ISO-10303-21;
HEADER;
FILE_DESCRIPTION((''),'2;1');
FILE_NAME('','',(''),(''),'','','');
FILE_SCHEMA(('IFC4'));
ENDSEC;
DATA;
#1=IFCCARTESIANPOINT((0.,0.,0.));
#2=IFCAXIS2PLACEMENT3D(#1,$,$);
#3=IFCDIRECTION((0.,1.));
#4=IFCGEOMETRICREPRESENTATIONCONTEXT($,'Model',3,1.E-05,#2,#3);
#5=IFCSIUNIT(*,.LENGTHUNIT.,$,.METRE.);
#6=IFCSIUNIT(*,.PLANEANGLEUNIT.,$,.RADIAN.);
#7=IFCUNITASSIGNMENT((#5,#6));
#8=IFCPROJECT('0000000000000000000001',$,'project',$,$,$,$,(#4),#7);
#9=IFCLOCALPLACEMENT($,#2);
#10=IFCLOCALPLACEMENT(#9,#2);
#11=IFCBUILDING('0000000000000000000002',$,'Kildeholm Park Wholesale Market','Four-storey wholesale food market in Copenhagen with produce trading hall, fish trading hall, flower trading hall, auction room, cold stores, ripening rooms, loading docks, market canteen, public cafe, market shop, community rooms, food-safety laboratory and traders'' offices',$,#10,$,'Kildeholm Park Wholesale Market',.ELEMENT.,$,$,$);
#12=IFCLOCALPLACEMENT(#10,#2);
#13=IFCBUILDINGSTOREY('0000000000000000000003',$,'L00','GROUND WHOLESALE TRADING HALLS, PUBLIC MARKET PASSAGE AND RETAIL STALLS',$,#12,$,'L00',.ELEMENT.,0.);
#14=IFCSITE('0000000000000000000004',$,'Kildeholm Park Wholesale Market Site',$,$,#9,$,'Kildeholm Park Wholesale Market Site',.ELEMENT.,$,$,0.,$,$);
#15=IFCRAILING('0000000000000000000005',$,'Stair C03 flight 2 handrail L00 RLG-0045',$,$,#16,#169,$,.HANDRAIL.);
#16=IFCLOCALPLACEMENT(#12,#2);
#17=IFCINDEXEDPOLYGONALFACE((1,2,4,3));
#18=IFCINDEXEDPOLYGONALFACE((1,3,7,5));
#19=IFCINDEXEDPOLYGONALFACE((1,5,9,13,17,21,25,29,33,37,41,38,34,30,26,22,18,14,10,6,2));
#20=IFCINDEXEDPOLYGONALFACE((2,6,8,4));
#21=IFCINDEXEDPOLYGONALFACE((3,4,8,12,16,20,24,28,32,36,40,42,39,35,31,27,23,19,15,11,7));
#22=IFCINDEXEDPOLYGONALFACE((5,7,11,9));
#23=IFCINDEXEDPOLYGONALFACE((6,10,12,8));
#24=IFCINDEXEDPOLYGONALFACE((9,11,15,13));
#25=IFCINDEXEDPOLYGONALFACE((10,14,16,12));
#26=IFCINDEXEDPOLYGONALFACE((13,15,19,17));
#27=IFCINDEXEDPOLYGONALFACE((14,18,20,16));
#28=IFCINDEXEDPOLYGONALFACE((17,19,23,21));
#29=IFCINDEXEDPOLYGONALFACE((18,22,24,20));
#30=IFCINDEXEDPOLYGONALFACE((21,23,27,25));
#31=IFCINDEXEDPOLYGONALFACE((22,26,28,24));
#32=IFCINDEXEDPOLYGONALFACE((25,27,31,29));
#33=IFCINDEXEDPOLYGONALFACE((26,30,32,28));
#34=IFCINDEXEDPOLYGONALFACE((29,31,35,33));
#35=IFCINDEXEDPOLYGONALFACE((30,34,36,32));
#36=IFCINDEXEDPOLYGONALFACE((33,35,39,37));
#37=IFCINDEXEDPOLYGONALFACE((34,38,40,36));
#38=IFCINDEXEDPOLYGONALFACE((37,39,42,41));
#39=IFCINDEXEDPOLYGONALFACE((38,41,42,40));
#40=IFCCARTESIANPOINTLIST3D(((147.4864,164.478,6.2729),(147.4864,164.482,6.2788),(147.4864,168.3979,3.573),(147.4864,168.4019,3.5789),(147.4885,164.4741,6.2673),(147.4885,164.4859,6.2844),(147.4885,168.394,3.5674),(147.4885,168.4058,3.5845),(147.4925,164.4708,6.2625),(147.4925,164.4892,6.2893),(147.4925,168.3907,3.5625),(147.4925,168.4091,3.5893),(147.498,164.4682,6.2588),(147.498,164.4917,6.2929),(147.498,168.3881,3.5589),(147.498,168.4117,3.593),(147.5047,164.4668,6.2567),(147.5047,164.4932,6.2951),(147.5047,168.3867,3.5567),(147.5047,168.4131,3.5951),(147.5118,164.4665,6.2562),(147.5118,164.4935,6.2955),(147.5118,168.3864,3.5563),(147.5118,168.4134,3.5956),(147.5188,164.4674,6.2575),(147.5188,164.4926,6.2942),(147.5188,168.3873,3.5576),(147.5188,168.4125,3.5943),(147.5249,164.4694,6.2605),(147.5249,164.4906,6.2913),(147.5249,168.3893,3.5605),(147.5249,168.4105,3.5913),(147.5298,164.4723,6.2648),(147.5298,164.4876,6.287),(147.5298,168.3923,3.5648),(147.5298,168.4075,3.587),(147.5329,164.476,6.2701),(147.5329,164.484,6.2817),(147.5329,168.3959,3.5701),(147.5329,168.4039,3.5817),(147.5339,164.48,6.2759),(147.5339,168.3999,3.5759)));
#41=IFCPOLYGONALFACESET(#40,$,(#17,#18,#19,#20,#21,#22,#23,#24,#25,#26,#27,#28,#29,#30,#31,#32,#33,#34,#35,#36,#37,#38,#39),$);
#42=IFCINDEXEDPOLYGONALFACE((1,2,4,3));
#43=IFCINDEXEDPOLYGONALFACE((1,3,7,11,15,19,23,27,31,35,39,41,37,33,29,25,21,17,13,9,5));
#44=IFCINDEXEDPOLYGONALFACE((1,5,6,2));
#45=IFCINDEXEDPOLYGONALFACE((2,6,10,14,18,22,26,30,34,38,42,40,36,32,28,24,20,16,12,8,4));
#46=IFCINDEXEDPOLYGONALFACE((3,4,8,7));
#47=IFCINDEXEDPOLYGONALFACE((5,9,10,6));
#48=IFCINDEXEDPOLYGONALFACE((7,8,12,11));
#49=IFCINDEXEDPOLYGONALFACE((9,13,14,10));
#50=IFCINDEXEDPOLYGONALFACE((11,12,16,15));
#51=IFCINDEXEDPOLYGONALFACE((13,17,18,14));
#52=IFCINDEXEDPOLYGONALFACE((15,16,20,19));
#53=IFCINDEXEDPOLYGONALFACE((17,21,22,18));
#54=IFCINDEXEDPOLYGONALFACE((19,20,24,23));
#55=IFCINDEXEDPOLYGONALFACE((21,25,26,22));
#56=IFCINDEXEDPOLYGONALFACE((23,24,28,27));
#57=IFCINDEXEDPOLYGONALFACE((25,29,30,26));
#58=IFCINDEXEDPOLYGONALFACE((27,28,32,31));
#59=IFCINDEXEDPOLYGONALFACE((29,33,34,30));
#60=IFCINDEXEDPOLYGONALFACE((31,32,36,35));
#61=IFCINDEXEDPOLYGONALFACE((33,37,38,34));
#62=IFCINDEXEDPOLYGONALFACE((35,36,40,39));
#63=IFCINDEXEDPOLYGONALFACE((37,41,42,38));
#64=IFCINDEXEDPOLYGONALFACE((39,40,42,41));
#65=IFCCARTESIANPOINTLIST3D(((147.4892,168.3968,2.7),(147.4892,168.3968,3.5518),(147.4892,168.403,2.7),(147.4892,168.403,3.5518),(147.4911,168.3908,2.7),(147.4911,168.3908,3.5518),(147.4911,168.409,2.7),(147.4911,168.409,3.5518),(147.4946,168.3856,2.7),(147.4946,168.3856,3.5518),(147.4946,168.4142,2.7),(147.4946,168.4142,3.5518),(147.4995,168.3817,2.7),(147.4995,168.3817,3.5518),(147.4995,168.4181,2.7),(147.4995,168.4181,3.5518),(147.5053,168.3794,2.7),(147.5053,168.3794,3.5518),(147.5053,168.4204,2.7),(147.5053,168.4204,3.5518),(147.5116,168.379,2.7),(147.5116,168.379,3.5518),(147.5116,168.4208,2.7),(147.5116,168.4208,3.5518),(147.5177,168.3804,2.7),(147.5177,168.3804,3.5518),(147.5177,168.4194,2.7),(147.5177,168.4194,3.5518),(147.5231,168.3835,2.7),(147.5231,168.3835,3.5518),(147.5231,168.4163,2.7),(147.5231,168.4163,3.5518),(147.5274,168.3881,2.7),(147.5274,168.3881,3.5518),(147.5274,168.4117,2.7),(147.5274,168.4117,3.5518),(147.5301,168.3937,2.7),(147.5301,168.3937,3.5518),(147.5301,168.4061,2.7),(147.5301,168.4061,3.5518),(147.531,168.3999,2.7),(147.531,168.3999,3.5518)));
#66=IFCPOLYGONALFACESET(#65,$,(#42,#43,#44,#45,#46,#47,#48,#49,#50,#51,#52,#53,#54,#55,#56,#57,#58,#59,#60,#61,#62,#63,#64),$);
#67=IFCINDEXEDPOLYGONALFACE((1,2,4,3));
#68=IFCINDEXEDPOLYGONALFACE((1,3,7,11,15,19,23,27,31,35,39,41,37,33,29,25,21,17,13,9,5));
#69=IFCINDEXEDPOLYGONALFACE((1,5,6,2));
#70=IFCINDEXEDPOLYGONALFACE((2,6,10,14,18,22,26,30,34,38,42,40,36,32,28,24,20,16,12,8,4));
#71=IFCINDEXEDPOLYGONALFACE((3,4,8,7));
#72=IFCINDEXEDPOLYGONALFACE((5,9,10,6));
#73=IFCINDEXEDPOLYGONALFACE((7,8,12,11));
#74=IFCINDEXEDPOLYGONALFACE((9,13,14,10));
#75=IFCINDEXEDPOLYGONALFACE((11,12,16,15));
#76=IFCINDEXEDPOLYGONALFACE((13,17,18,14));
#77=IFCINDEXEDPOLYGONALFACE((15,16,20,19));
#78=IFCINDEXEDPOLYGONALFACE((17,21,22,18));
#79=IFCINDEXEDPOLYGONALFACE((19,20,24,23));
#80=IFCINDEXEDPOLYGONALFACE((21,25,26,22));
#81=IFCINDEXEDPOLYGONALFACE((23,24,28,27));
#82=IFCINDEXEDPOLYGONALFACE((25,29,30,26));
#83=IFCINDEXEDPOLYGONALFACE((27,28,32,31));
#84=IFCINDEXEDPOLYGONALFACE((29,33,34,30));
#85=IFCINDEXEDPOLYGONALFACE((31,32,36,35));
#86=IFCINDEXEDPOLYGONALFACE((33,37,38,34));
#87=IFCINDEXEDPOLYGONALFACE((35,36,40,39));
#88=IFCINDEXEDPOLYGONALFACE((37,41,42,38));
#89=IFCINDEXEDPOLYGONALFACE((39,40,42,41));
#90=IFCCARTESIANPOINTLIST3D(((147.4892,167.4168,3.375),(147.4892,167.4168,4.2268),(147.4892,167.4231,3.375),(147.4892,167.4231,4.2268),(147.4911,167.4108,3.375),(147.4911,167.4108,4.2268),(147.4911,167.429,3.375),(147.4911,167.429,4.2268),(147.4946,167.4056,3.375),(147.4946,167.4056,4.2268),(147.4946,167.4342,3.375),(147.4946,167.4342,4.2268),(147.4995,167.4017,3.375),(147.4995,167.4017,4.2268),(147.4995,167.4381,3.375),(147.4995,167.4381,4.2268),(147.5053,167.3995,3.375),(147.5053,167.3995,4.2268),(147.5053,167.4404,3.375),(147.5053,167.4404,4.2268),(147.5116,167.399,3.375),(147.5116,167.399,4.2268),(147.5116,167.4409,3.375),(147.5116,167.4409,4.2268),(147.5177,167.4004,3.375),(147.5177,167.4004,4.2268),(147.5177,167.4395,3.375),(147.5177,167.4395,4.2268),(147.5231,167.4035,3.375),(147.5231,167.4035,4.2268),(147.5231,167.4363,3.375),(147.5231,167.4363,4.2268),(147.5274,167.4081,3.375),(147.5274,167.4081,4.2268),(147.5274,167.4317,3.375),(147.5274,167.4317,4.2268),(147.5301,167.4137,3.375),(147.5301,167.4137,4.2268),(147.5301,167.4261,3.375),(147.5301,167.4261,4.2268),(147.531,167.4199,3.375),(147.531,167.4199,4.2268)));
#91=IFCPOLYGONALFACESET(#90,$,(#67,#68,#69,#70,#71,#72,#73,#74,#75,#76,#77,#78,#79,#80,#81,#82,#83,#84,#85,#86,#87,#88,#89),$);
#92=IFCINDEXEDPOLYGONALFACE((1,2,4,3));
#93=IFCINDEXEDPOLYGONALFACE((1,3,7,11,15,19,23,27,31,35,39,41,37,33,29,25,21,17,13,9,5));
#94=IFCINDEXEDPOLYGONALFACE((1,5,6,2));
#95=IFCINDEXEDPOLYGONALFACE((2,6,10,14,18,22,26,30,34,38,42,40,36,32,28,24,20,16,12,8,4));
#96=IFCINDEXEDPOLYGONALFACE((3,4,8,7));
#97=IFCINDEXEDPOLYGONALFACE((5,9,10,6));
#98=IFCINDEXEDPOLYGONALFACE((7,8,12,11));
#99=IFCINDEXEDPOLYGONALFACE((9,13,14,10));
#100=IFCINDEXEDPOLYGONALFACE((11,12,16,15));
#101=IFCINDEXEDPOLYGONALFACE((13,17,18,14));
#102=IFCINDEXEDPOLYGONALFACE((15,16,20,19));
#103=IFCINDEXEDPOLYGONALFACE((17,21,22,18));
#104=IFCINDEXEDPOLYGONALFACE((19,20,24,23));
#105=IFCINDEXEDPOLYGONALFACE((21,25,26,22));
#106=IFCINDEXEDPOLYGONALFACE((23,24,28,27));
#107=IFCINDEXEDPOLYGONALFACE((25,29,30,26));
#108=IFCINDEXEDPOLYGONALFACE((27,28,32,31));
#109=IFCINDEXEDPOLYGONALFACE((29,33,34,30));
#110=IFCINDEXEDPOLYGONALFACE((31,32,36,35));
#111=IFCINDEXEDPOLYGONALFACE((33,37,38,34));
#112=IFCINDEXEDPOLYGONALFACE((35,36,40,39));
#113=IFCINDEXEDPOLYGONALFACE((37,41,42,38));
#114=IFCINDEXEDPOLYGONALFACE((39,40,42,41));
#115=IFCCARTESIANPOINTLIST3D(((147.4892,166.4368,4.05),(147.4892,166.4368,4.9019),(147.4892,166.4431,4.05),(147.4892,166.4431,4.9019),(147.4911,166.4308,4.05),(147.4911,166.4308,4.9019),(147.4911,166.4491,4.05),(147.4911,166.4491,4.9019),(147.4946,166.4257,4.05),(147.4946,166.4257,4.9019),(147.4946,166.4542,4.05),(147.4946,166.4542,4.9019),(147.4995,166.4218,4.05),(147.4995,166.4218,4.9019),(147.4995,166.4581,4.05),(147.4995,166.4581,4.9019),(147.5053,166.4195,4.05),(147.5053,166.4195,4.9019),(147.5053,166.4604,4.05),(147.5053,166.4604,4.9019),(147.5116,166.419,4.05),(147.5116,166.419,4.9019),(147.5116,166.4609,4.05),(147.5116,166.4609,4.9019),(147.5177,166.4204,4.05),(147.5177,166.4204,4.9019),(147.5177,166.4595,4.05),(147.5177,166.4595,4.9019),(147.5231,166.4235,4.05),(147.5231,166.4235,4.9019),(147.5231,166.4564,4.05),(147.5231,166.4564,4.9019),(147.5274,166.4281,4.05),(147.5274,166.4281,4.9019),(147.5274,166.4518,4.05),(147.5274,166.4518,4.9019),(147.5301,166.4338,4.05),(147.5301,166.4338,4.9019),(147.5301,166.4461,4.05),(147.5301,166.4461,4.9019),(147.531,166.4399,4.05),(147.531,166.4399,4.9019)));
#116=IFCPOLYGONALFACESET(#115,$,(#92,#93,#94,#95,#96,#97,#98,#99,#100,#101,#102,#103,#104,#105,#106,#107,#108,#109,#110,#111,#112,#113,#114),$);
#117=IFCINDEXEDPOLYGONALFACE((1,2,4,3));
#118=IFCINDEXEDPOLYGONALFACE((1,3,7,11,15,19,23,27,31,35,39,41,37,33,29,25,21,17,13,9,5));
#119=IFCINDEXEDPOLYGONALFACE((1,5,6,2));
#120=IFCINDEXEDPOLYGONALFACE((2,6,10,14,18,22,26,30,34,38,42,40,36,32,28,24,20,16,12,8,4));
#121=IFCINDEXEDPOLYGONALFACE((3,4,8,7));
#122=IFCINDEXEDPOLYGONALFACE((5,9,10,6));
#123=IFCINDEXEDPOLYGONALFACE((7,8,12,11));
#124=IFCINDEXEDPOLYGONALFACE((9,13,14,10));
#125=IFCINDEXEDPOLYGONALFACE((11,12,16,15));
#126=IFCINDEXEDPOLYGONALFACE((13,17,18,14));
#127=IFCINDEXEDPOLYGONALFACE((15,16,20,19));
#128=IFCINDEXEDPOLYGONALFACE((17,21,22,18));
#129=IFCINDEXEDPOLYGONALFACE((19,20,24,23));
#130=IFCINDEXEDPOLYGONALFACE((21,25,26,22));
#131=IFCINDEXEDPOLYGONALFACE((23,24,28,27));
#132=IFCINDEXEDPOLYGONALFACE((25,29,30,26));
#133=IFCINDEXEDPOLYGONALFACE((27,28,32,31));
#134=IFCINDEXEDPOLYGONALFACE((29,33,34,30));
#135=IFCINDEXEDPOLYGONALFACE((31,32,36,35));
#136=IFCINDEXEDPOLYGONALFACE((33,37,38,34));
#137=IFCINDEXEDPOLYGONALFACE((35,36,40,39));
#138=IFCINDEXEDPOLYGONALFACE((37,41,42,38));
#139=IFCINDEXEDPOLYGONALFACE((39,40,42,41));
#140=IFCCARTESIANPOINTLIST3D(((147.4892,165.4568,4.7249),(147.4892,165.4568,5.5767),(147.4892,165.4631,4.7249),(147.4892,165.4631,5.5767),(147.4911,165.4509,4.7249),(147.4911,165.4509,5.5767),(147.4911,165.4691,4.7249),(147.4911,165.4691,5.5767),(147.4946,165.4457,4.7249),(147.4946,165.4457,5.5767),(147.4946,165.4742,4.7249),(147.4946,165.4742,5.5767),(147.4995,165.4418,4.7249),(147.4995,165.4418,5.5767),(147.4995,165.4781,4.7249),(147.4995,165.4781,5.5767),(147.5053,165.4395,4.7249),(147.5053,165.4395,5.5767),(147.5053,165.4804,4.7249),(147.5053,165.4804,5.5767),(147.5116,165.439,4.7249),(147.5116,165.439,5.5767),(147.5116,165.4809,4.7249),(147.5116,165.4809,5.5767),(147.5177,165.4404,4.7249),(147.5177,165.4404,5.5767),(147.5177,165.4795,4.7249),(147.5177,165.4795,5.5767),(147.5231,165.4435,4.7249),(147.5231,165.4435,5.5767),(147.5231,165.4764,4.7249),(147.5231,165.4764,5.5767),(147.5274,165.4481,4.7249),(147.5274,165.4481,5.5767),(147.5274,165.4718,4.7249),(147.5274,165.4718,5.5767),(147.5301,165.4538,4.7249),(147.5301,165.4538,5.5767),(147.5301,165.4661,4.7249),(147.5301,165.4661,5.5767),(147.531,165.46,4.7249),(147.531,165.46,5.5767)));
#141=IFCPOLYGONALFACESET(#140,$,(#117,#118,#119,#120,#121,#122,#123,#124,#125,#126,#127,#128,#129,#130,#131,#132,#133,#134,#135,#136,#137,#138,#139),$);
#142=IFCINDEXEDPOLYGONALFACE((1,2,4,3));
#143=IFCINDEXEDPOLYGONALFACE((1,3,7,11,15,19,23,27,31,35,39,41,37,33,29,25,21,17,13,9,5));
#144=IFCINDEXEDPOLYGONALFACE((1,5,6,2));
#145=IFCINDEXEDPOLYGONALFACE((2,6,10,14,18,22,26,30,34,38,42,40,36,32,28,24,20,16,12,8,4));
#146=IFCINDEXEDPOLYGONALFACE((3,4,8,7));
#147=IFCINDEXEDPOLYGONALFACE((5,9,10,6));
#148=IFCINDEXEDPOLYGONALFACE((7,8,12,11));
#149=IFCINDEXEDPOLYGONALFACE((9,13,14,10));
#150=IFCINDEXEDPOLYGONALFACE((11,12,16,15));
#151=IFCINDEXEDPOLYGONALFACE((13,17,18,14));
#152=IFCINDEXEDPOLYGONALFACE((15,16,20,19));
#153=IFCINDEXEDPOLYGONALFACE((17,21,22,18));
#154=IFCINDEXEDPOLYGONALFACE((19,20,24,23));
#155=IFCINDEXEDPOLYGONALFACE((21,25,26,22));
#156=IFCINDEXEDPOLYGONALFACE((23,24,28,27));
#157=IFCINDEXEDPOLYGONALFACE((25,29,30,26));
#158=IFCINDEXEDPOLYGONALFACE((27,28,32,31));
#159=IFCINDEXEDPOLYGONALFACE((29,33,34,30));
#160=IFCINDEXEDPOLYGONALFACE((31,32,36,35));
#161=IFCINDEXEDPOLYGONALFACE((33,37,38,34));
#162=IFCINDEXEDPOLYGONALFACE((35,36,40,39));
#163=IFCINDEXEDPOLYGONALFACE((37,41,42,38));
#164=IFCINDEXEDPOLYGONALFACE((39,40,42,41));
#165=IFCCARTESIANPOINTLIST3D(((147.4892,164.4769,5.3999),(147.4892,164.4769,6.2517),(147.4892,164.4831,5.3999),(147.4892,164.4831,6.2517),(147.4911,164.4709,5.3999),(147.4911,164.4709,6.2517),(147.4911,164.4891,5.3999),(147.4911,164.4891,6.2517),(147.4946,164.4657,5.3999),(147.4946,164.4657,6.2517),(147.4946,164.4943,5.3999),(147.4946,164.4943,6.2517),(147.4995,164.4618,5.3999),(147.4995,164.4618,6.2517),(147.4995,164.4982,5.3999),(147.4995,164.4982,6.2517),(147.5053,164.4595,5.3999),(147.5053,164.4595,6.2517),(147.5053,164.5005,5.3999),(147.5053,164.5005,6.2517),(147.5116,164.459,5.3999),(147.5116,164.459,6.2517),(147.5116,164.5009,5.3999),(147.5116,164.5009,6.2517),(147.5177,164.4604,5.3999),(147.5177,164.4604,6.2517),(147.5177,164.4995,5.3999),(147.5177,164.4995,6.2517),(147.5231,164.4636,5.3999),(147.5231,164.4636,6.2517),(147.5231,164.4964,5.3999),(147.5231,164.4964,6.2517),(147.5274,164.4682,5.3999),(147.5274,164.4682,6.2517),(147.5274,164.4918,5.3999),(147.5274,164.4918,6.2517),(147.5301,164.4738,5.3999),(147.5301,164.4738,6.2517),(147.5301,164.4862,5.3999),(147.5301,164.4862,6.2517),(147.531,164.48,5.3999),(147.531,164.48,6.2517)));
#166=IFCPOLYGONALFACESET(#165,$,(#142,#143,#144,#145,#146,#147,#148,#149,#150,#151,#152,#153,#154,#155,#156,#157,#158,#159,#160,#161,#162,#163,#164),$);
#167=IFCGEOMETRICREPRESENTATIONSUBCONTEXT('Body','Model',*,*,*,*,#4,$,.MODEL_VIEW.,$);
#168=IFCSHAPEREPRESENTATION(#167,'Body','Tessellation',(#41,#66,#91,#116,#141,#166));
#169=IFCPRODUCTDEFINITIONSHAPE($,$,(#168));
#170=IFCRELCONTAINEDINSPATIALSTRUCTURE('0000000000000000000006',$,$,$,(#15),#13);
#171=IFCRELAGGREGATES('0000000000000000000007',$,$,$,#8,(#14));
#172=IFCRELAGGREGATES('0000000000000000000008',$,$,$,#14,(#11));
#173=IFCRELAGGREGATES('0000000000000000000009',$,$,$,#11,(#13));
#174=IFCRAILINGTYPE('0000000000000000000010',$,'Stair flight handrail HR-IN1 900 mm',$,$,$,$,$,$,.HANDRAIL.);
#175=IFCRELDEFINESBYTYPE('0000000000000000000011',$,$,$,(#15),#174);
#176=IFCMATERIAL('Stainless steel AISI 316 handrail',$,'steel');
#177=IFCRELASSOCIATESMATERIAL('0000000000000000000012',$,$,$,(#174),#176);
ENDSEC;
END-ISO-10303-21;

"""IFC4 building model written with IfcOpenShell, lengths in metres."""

from ifc_helpers import new_model, si_unit, direction, frame, origin, origin_2d, place, context, subcontext, project, spatial, circle, extrude, material, type_object, element, save


model = new_model("IFC4")

# Units and contexts
model_context = context("Model", 3, precision=1e-05, world=origin(), true_north=direction((0.0, 1.0)))
body_context = subcontext(model_context, "Body", "Model", "MODEL_VIEW")
ifc_project = project(units=[si_unit("LENGTHUNIT", "METRE"), si_unit("PLANEANGLEUNIT", "RADIAN")], contexts=[model_context])

# Site, building, storey
site_placement = place(None, origin())
site = spatial("IfcSite", under=ifc_project, at=site_placement, Name="Kildeholm Park Wholesale Market Site", LongName="Kildeholm Park Wholesale Market Site", CompositionType="ELEMENT", RefElevation=0.0)
building_placement = place(site_placement, origin())
building = spatial("IfcBuilding", under=site, at=building_placement, Name="Kildeholm Park Wholesale Market", Description="Four-storey wholesale food market in Copenhagen with produce trading hall, fish trading hall, flower trading hall, auction room, cold stores, ripening rooms, loading docks, market canteen, public cafe, market shop, community rooms, food-safety laboratory and traders' offices", LongName="Kildeholm Park Wholesale Market", CompositionType="ELEMENT")
storey_placement = place(building_placement, origin())
storey = spatial("IfcBuildingStorey", under=building, at=storey_placement, Name="L00", Description="GROUND WHOLESALE TRADING HALLS, PUBLIC MARKET PASSAGE AND RETAIL STALLS", LongName="L00", CompositionType="ELEMENT", Elevation=0.0)

# Railing
ifc_material_1 = material(Name="Stainless steel AISI 316 handrail", Category="steel")
railing_type_1 = type_object("IfcRailingType", Name="Stair flight handrail HR-IN1 900 mm", PredefinedType="HANDRAIL", material=ifc_material_1)
railing_1_placement = place(storey_placement, frame((147.51, 168.3999, 2.7)))
element("IfcRailing", 1, at=railing_1_placement, inside=storey, type_object=railing_type_1, Name="Stair C03 flight 2 handrail L00 RLG-0045", PredefinedType="HANDRAIL", context=body_context, shape_type="SweptSolid", body=[
    extrude(circle(Radius=0.0239, at=origin_2d()), frame((0.0, 0.0, 0.876), z_axis=(0.0, -0.823551, 0.567243), x_axis=(1.0, 0.0, 0.0)), (0.0, 0.0, 1.0), 4.7598),
    extrude(circle(Radius=0.021, at=origin_2d()), origin(), (0.0, 0.0, 1.0), 0.8518),
    extrude(circle(Radius=0.021, at=origin_2d()), frame((0.0, -0.98, 0.675)), (0.0, 0.0, 1.0), 0.8518),
    extrude(circle(Radius=0.021, at=origin_2d()), frame((0.0, -1.96, 1.3501)), (0.0, 0.0, 1.0), 0.8518),
    extrude(circle(Radius=0.021, at=origin_2d()), frame((0.0, -2.9399, 2.0249)), (0.0, 0.0, 1.0), 0.8518),
    extrude(circle(Radius=0.021, at=origin_2d()), frame((0.0, -3.9199, 2.7)), (0.0, 0.0, 1.0), 0.8518),
])

save(model, "model.ifc")
